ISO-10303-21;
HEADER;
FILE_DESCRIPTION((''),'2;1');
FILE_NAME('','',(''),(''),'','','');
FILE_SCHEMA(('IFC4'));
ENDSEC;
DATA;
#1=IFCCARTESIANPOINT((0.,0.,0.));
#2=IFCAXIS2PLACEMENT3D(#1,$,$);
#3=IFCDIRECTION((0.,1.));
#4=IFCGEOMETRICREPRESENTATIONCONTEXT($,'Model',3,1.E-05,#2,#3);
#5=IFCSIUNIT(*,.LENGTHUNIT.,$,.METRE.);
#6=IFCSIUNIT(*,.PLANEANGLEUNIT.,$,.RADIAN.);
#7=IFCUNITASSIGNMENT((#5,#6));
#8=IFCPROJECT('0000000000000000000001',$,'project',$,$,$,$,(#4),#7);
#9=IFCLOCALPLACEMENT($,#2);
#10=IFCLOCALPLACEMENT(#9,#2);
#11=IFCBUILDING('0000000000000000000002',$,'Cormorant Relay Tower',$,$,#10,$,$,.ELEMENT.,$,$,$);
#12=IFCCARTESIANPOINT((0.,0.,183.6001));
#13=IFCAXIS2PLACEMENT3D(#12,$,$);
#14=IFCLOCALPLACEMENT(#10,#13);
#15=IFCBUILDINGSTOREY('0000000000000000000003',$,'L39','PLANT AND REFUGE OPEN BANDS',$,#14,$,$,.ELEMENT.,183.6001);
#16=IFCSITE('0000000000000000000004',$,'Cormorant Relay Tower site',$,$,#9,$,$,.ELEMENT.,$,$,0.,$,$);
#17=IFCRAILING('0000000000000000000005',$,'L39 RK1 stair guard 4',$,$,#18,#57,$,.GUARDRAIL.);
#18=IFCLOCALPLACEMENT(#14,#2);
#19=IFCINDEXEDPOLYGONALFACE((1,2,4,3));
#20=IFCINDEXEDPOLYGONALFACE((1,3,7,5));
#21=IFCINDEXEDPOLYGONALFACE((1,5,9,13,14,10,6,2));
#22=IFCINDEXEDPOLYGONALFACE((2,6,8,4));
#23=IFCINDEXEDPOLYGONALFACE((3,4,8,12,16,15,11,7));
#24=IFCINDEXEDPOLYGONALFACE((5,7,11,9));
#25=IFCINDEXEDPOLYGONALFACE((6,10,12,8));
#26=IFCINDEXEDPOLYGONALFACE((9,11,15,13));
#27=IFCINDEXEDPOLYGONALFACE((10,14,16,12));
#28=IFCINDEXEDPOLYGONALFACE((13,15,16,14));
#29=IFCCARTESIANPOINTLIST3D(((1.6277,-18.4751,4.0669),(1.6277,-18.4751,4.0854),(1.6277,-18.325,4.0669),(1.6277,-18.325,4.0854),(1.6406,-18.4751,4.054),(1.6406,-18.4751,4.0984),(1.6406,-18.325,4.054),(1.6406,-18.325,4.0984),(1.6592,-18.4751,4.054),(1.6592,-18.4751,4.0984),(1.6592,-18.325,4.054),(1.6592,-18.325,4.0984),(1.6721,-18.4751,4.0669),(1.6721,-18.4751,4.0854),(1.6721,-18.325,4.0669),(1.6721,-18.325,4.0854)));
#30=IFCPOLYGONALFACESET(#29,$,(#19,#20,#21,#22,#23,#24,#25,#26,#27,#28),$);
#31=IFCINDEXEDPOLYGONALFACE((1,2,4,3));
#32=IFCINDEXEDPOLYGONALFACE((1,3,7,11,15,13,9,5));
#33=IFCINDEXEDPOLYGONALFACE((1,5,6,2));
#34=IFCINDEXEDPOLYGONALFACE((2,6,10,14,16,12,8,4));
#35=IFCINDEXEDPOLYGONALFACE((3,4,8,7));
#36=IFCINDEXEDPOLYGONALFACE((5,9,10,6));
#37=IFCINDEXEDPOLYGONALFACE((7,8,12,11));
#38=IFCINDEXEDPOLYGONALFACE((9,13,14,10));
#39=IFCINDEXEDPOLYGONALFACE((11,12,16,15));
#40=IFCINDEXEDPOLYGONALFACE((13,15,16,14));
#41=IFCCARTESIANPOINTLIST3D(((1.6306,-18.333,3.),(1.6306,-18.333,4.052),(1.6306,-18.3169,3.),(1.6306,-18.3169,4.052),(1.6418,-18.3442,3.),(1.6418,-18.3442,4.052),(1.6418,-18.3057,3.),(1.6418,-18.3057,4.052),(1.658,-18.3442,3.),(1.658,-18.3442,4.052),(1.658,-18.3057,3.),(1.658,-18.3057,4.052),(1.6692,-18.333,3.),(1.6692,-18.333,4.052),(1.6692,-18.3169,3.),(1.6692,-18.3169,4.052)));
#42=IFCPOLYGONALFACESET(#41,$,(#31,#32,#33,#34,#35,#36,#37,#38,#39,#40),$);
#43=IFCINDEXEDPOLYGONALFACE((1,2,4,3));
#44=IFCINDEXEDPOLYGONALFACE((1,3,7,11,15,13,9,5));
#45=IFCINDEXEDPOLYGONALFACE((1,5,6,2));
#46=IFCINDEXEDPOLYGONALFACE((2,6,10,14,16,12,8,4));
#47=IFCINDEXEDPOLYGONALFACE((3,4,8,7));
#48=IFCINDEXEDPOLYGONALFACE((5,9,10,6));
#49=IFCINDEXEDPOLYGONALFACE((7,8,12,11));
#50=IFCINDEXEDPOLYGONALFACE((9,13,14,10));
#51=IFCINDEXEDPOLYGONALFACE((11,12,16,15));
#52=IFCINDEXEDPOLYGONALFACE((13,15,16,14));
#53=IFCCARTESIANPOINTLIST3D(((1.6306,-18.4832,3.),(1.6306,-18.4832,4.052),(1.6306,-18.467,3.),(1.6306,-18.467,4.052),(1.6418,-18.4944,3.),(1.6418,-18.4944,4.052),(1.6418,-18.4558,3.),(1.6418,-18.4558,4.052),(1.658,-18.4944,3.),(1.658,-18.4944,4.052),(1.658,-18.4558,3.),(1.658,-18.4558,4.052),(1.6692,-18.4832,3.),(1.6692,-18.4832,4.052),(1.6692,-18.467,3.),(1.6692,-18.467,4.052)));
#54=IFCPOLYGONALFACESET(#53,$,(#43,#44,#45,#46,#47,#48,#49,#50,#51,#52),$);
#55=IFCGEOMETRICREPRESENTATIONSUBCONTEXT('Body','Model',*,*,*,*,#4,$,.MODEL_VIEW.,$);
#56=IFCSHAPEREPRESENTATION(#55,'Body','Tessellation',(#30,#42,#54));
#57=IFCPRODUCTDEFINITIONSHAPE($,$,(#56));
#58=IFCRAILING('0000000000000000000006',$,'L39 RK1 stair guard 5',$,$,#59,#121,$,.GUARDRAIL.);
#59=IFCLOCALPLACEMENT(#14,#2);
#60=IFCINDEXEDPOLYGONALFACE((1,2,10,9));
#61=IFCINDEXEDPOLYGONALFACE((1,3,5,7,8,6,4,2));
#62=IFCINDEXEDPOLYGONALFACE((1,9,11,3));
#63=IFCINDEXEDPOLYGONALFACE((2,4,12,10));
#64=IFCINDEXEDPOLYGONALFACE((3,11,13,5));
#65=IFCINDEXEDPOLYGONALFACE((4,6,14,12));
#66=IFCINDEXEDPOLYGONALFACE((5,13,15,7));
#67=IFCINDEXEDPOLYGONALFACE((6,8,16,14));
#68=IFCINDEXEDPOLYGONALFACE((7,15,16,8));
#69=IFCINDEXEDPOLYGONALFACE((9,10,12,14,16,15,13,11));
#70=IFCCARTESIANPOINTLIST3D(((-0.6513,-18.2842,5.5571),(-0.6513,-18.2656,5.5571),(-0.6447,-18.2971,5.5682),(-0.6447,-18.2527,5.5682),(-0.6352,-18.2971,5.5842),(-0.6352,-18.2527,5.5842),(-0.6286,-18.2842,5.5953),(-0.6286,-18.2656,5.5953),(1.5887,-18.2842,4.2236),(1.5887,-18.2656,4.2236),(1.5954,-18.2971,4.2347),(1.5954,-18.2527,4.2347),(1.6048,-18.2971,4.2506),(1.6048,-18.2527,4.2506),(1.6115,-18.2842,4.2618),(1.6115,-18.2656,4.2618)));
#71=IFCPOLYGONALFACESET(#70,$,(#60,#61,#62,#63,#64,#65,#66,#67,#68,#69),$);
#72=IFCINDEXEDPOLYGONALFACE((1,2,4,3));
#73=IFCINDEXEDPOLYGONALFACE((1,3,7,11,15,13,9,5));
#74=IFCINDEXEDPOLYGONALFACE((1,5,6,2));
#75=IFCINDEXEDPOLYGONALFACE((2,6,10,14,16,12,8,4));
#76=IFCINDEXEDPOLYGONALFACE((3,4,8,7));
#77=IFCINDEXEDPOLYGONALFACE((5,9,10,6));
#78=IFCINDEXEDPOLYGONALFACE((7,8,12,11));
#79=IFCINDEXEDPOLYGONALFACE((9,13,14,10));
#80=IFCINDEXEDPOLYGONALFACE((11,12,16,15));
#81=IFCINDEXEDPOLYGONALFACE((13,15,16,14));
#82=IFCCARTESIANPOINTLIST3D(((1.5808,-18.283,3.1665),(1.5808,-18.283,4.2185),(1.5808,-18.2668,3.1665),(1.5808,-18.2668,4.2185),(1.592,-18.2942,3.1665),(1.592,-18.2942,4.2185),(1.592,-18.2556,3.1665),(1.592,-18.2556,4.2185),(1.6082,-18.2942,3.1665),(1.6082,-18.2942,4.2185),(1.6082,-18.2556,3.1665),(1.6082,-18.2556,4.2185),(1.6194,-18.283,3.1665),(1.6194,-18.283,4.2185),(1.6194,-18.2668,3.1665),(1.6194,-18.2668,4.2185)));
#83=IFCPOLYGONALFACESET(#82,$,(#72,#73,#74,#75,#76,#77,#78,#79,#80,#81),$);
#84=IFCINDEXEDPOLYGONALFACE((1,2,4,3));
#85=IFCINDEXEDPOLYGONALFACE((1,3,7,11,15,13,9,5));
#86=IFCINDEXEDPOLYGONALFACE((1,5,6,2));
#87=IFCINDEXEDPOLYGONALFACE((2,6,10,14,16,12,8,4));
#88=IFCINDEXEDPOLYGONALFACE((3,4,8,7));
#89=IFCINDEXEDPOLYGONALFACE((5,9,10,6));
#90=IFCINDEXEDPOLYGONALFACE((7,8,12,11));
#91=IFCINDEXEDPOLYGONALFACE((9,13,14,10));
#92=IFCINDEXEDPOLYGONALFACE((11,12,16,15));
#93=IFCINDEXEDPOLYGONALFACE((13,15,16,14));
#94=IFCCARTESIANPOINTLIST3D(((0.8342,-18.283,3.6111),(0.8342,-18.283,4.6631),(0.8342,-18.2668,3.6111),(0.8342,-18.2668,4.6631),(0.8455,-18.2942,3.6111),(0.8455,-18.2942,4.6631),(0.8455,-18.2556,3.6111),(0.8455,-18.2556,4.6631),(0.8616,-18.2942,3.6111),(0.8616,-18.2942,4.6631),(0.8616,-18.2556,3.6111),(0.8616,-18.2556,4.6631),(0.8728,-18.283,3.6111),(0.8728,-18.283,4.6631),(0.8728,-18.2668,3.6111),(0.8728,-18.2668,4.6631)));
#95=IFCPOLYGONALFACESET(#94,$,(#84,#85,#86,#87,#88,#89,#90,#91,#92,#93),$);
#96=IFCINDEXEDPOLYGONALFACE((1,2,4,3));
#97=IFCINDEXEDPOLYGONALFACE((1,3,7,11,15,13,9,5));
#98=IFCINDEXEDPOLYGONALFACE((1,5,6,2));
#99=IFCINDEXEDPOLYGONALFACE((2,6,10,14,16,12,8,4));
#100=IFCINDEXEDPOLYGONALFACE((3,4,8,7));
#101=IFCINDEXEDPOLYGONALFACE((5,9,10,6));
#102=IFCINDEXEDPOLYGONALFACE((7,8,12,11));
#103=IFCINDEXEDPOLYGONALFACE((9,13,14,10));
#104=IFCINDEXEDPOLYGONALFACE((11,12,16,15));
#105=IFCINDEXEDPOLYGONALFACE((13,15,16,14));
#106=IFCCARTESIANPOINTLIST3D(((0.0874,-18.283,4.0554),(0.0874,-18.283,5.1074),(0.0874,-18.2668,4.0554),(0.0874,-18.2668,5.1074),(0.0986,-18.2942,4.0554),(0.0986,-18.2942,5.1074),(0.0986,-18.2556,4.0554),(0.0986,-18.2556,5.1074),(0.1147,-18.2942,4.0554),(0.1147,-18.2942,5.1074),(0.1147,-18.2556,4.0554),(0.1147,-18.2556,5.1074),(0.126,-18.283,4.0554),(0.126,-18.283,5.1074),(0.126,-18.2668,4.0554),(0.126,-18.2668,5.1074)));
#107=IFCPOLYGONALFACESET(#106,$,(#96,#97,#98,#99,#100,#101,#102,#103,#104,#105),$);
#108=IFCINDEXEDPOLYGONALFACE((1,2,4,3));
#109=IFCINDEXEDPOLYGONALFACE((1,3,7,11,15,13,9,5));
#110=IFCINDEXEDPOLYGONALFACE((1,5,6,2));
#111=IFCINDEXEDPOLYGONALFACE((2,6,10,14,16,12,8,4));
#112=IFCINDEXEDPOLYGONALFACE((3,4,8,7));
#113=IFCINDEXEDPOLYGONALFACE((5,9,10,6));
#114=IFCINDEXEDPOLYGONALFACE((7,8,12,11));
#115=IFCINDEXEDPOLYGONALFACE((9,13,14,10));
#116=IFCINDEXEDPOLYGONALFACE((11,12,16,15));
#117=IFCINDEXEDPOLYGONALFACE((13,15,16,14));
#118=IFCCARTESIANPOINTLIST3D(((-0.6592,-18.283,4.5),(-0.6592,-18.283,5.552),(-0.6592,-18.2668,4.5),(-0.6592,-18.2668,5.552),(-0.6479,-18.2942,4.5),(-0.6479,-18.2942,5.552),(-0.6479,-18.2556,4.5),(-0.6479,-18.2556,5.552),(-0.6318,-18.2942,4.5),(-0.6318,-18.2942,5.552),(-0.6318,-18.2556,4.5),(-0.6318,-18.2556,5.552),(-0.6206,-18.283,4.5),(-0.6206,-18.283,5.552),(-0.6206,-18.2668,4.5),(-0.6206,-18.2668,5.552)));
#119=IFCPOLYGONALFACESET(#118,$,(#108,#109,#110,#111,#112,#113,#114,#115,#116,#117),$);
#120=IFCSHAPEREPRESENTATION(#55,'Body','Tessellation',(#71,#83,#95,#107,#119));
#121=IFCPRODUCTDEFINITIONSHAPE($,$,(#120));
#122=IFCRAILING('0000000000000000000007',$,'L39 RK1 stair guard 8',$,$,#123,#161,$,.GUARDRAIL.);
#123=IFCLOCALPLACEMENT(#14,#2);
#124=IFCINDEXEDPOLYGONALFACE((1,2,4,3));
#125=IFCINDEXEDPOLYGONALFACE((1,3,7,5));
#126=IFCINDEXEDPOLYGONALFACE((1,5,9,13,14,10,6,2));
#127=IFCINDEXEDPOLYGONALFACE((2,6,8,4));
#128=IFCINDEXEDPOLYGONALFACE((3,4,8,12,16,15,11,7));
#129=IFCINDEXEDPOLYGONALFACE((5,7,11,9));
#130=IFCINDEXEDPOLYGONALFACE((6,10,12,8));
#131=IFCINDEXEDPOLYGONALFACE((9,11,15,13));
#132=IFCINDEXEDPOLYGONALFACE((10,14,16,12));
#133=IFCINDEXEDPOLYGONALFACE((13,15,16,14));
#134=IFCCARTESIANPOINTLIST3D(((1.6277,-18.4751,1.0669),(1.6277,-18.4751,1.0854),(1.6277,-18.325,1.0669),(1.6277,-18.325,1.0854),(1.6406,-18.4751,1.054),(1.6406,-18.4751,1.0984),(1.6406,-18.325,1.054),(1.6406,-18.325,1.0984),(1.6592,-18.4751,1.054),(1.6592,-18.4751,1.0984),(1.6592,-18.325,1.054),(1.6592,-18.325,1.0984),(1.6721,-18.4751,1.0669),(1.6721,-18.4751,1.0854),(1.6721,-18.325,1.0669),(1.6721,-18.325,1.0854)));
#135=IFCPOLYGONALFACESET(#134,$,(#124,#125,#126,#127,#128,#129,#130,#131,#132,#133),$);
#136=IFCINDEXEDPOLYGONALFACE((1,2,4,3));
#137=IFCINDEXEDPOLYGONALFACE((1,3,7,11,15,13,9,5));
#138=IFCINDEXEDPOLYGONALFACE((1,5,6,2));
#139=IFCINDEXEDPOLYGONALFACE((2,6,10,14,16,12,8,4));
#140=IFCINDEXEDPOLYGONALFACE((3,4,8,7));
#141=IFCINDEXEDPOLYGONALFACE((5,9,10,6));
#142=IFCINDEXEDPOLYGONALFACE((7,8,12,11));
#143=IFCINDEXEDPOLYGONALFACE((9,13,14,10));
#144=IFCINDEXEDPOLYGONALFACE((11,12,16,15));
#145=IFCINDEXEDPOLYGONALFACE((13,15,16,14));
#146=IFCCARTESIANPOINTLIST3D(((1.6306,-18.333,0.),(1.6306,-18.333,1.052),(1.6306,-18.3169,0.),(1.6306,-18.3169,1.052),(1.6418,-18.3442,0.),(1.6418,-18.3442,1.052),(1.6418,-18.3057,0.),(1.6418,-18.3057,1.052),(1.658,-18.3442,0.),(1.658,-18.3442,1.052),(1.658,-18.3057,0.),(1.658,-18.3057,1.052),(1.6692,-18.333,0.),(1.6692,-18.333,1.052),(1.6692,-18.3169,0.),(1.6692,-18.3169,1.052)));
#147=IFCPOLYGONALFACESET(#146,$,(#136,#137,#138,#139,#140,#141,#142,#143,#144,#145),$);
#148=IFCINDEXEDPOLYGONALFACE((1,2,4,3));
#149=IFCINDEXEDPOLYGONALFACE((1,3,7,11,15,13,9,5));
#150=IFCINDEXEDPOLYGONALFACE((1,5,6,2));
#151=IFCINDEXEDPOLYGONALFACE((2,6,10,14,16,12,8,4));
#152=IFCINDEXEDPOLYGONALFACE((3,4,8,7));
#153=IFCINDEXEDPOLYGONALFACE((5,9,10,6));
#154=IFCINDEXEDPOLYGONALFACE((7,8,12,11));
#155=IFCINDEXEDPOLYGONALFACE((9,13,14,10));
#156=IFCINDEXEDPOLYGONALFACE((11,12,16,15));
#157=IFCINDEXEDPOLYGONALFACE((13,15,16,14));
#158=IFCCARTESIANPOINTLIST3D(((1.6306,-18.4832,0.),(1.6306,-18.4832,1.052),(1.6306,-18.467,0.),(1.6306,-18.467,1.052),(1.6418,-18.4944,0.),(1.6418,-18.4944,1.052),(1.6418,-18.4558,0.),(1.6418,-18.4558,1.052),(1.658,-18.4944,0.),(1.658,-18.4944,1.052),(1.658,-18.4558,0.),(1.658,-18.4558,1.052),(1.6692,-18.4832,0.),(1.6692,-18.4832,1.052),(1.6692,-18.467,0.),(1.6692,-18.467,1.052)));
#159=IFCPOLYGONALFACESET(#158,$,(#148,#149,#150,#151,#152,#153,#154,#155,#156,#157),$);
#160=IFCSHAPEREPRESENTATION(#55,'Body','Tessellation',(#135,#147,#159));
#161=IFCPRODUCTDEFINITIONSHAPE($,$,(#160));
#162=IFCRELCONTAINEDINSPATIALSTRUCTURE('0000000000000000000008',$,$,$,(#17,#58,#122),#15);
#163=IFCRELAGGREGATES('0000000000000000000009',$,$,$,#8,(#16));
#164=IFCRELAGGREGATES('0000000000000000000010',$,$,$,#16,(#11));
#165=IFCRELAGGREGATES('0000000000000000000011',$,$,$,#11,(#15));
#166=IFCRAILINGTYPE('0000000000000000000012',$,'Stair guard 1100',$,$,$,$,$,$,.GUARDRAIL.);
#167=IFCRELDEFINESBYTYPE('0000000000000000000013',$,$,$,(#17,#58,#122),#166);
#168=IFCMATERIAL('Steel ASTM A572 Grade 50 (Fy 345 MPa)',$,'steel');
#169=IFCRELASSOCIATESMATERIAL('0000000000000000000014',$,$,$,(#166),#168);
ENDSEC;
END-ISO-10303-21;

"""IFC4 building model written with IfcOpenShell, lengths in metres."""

from ifc_helpers import new_model, si_unit, direction, frame, origin, place, context, subcontext, project, spatial, polyline, outline, extrude, material, type_object, element, save


model = new_model("IFC4")

# Units and contexts
model_context = context("Model", 3, precision=1e-05, world=origin(), true_north=direction((0.0, 1.0)))
body_context = subcontext(model_context, "Body", "Model", "MODEL_VIEW")
ifc_project = project(units=[si_unit("LENGTHUNIT", "METRE"), si_unit("PLANEANGLEUNIT", "RADIAN")], contexts=[model_context])

# Site, building, storey
site_placement = place(None, origin())
site = spatial("IfcSite", under=ifc_project, at=site_placement, Name="Cormorant Relay Tower site", CompositionType="ELEMENT", RefElevation=0.0)
building_placement = place(site_placement, origin())
building = spatial("IfcBuilding", under=site, at=building_placement, Name="Cormorant Relay Tower", CompositionType="ELEMENT")
storey_placement = place(building_placement, frame((0.0, 0.0, 183.6001)))
storey = spatial("IfcBuildingStorey", under=building, at=storey_placement, Name="L39", Description="PLANT AND REFUGE OPEN BANDS", CompositionType="ELEMENT", Elevation=183.6001)

# Railings
ifc_material_1 = material(Name="Steel ASTM A572 Grade 50 (Fy 345 MPa)", Category="steel")
railing_type_1 = type_object("IfcRailingType", Name="Stair guard 1100", PredefinedType="GUARDRAIL", material=ifc_material_1)
railing_1_placement = place(storey_placement, frame((1.6499, -18.325, 3.0)))
element("IfcRailing", 1, at=railing_1_placement, inside=storey, type_object=railing_type_1, Name="L39 RK1 stair guard 4", PredefinedType="GUARDRAIL", context=body_context, shape_type="SweptSolid", body=[
    extrude(outline(polyline([(0.0222, 0.0093), (0.0093, 0.0222), (-0.0093, 0.0222), (-0.0222, 0.0093), (-0.0222, -0.0093), (-0.0093, -0.0222), (0.0093, -0.0222), (0.0222, -0.0093), (0.0222, 0.0093)])), frame((0.0, 0.0, 1.0762), z_axis=(0.0, -1.0, 0.0), x_axis=(1.0, 0.0, 0.0)), (0.0, 0.0, 1.0), 0.1501),
    extrude(outline(polyline([(0.0193, 0.0081), (0.0081, 0.0193), (-0.0081, 0.0193), (-0.0193, 0.0081), (-0.0193, -0.0081), (-0.0081, -0.0193), (0.0081, -0.0193), (0.0193, -0.0081), (0.0193, 0.0081)])), origin(), (0.0, 0.0, 1.0), 1.052),
    extrude(outline(polyline([(0.0193, 0.0081), (0.0081, 0.0193), (-0.0081, 0.0193), (-0.0193, 0.0081), (-0.0193, -0.0081), (-0.0081, -0.0193), (0.0081, -0.0193), (0.0193, -0.0081), (0.0193, 0.0081)])), frame((0.0, -0.1501, 0.0)), (0.0, 0.0, 1.0), 1.052),
])
railing_2_placement = place(storey_placement, frame((1.6001, -18.2749, 3.1665)))
element("IfcRailing", 2, at=railing_2_placement, inside=storey, type_object=railing_type_1, Name="L39 RK1 stair guard 5", PredefinedType="GUARDRAIL", context=body_context, shape_type="SweptSolid", body=[
    extrude(outline(polyline([(0.0222, 0.0093), (0.0093, 0.0222), (-0.0093, 0.0222), (-0.0222, 0.0093), (-0.0222, -0.0093), (-0.0093, -0.0222), (0.0093, -0.0222), (0.0222, -0.0093), (0.0222, 0.0093)])), frame((0.0, 0.0, 1.0762), z_axis=(-0.859264, 0.0, 0.511532), x_axis=(0.0, -1.0, 0.0)), (0.0, 0.0, 1.0), 2.6069),
    extrude(outline(polyline([(0.0193, 0.0081), (0.0081, 0.0193), (-0.0081, 0.0193), (-0.0193, 0.0081), (-0.0193, -0.0081), (-0.0081, -0.0193), (0.0081, -0.0193), (0.0193, -0.0081), (0.0193, 0.0081)])), origin(), (0.0, 0.0, 1.0), 1.052),
    extrude(outline(polyline([(0.0193, 0.0081), (0.0081, 0.0193), (-0.0081, 0.0193), (-0.0193, 0.0081), (-0.0193, -0.0081), (-0.0081, -0.0193), (0.0081, -0.0193), (0.0193, -0.0081), (0.0193, 0.0081)])), frame((-0.7466, 0.0, 0.4446)), (0.0, 0.0, 1.0), 1.052),
    extrude(outline(polyline([(0.0193, 0.0081), (0.0081, 0.0193), (-0.0081, 0.0193), (-0.0193, 0.0081), (-0.0193, -0.0081), (-0.0081, -0.0193), (0.0081, -0.0193), (0.0193, -0.0081), (0.0193, 0.0081)])), frame((-1.4934, 0.0, 0.8889)), (0.0, 0.0, 1.0), 1.052),
    extrude(outline(polyline([(0.0193, 0.0081), (0.0081, 0.0193), (-0.0081, 0.0193), (-0.0193, 0.0081), (-0.0193, -0.0081), (-0.0081, -0.0193), (0.0081, -0.0193), (0.0193, -0.0081), (0.0193, 0.0081)])), frame((-2.24, 0.0, 1.3335)), (0.0, 0.0, 1.0), 1.052),
])
railing_3_placement = place(storey_placement, frame((1.6499, -18.325, 0.0)))
element("IfcRailing", 3, at=railing_3_placement, inside=storey, type_object=railing_type_1, Name="L39 RK1 stair guard 8", PredefinedType="GUARDRAIL", context=body_context, shape_type="SweptSolid", body=[
    extrude(outline(polyline([(0.0222, 0.0093), (0.0093, 0.0222), (-0.0093, 0.0222), (-0.0222, 0.0093), (-0.0222, -0.0093), (-0.0093, -0.0222), (0.0093, -0.0222), (0.0222, -0.0093), (0.0222, 0.0093)])), frame((0.0, 0.0, 1.0762), z_axis=(0.0, -1.0, 0.0), x_axis=(1.0, 0.0, 0.0)), (0.0, 0.0, 1.0), 0.1501),
    extrude(outline(polyline([(0.0193, 0.0081), (0.0081, 0.0193), (-0.0081, 0.0193), (-0.0193, 0.0081), (-0.0193, -0.0081), (-0.0081, -0.0193), (0.0081, -0.0193), (0.0193, -0.0081), (0.0193, 0.0081)])), origin(), (0.0, 0.0, 1.0), 1.052),
    extrude(outline(polyline([(0.0193, 0.0081), (0.0081, 0.0193), (-0.0081, 0.0193), (-0.0193, 0.0081), (-0.0193, -0.0081), (-0.0081, -0.0193), (0.0081, -0.0193), (0.0193, -0.0081), (0.0193, 0.0081)])), frame((0.0, -0.1501, 0.0)), (0.0, 0.0, 1.0), 1.052),
])

save(model, "model.ifc")
